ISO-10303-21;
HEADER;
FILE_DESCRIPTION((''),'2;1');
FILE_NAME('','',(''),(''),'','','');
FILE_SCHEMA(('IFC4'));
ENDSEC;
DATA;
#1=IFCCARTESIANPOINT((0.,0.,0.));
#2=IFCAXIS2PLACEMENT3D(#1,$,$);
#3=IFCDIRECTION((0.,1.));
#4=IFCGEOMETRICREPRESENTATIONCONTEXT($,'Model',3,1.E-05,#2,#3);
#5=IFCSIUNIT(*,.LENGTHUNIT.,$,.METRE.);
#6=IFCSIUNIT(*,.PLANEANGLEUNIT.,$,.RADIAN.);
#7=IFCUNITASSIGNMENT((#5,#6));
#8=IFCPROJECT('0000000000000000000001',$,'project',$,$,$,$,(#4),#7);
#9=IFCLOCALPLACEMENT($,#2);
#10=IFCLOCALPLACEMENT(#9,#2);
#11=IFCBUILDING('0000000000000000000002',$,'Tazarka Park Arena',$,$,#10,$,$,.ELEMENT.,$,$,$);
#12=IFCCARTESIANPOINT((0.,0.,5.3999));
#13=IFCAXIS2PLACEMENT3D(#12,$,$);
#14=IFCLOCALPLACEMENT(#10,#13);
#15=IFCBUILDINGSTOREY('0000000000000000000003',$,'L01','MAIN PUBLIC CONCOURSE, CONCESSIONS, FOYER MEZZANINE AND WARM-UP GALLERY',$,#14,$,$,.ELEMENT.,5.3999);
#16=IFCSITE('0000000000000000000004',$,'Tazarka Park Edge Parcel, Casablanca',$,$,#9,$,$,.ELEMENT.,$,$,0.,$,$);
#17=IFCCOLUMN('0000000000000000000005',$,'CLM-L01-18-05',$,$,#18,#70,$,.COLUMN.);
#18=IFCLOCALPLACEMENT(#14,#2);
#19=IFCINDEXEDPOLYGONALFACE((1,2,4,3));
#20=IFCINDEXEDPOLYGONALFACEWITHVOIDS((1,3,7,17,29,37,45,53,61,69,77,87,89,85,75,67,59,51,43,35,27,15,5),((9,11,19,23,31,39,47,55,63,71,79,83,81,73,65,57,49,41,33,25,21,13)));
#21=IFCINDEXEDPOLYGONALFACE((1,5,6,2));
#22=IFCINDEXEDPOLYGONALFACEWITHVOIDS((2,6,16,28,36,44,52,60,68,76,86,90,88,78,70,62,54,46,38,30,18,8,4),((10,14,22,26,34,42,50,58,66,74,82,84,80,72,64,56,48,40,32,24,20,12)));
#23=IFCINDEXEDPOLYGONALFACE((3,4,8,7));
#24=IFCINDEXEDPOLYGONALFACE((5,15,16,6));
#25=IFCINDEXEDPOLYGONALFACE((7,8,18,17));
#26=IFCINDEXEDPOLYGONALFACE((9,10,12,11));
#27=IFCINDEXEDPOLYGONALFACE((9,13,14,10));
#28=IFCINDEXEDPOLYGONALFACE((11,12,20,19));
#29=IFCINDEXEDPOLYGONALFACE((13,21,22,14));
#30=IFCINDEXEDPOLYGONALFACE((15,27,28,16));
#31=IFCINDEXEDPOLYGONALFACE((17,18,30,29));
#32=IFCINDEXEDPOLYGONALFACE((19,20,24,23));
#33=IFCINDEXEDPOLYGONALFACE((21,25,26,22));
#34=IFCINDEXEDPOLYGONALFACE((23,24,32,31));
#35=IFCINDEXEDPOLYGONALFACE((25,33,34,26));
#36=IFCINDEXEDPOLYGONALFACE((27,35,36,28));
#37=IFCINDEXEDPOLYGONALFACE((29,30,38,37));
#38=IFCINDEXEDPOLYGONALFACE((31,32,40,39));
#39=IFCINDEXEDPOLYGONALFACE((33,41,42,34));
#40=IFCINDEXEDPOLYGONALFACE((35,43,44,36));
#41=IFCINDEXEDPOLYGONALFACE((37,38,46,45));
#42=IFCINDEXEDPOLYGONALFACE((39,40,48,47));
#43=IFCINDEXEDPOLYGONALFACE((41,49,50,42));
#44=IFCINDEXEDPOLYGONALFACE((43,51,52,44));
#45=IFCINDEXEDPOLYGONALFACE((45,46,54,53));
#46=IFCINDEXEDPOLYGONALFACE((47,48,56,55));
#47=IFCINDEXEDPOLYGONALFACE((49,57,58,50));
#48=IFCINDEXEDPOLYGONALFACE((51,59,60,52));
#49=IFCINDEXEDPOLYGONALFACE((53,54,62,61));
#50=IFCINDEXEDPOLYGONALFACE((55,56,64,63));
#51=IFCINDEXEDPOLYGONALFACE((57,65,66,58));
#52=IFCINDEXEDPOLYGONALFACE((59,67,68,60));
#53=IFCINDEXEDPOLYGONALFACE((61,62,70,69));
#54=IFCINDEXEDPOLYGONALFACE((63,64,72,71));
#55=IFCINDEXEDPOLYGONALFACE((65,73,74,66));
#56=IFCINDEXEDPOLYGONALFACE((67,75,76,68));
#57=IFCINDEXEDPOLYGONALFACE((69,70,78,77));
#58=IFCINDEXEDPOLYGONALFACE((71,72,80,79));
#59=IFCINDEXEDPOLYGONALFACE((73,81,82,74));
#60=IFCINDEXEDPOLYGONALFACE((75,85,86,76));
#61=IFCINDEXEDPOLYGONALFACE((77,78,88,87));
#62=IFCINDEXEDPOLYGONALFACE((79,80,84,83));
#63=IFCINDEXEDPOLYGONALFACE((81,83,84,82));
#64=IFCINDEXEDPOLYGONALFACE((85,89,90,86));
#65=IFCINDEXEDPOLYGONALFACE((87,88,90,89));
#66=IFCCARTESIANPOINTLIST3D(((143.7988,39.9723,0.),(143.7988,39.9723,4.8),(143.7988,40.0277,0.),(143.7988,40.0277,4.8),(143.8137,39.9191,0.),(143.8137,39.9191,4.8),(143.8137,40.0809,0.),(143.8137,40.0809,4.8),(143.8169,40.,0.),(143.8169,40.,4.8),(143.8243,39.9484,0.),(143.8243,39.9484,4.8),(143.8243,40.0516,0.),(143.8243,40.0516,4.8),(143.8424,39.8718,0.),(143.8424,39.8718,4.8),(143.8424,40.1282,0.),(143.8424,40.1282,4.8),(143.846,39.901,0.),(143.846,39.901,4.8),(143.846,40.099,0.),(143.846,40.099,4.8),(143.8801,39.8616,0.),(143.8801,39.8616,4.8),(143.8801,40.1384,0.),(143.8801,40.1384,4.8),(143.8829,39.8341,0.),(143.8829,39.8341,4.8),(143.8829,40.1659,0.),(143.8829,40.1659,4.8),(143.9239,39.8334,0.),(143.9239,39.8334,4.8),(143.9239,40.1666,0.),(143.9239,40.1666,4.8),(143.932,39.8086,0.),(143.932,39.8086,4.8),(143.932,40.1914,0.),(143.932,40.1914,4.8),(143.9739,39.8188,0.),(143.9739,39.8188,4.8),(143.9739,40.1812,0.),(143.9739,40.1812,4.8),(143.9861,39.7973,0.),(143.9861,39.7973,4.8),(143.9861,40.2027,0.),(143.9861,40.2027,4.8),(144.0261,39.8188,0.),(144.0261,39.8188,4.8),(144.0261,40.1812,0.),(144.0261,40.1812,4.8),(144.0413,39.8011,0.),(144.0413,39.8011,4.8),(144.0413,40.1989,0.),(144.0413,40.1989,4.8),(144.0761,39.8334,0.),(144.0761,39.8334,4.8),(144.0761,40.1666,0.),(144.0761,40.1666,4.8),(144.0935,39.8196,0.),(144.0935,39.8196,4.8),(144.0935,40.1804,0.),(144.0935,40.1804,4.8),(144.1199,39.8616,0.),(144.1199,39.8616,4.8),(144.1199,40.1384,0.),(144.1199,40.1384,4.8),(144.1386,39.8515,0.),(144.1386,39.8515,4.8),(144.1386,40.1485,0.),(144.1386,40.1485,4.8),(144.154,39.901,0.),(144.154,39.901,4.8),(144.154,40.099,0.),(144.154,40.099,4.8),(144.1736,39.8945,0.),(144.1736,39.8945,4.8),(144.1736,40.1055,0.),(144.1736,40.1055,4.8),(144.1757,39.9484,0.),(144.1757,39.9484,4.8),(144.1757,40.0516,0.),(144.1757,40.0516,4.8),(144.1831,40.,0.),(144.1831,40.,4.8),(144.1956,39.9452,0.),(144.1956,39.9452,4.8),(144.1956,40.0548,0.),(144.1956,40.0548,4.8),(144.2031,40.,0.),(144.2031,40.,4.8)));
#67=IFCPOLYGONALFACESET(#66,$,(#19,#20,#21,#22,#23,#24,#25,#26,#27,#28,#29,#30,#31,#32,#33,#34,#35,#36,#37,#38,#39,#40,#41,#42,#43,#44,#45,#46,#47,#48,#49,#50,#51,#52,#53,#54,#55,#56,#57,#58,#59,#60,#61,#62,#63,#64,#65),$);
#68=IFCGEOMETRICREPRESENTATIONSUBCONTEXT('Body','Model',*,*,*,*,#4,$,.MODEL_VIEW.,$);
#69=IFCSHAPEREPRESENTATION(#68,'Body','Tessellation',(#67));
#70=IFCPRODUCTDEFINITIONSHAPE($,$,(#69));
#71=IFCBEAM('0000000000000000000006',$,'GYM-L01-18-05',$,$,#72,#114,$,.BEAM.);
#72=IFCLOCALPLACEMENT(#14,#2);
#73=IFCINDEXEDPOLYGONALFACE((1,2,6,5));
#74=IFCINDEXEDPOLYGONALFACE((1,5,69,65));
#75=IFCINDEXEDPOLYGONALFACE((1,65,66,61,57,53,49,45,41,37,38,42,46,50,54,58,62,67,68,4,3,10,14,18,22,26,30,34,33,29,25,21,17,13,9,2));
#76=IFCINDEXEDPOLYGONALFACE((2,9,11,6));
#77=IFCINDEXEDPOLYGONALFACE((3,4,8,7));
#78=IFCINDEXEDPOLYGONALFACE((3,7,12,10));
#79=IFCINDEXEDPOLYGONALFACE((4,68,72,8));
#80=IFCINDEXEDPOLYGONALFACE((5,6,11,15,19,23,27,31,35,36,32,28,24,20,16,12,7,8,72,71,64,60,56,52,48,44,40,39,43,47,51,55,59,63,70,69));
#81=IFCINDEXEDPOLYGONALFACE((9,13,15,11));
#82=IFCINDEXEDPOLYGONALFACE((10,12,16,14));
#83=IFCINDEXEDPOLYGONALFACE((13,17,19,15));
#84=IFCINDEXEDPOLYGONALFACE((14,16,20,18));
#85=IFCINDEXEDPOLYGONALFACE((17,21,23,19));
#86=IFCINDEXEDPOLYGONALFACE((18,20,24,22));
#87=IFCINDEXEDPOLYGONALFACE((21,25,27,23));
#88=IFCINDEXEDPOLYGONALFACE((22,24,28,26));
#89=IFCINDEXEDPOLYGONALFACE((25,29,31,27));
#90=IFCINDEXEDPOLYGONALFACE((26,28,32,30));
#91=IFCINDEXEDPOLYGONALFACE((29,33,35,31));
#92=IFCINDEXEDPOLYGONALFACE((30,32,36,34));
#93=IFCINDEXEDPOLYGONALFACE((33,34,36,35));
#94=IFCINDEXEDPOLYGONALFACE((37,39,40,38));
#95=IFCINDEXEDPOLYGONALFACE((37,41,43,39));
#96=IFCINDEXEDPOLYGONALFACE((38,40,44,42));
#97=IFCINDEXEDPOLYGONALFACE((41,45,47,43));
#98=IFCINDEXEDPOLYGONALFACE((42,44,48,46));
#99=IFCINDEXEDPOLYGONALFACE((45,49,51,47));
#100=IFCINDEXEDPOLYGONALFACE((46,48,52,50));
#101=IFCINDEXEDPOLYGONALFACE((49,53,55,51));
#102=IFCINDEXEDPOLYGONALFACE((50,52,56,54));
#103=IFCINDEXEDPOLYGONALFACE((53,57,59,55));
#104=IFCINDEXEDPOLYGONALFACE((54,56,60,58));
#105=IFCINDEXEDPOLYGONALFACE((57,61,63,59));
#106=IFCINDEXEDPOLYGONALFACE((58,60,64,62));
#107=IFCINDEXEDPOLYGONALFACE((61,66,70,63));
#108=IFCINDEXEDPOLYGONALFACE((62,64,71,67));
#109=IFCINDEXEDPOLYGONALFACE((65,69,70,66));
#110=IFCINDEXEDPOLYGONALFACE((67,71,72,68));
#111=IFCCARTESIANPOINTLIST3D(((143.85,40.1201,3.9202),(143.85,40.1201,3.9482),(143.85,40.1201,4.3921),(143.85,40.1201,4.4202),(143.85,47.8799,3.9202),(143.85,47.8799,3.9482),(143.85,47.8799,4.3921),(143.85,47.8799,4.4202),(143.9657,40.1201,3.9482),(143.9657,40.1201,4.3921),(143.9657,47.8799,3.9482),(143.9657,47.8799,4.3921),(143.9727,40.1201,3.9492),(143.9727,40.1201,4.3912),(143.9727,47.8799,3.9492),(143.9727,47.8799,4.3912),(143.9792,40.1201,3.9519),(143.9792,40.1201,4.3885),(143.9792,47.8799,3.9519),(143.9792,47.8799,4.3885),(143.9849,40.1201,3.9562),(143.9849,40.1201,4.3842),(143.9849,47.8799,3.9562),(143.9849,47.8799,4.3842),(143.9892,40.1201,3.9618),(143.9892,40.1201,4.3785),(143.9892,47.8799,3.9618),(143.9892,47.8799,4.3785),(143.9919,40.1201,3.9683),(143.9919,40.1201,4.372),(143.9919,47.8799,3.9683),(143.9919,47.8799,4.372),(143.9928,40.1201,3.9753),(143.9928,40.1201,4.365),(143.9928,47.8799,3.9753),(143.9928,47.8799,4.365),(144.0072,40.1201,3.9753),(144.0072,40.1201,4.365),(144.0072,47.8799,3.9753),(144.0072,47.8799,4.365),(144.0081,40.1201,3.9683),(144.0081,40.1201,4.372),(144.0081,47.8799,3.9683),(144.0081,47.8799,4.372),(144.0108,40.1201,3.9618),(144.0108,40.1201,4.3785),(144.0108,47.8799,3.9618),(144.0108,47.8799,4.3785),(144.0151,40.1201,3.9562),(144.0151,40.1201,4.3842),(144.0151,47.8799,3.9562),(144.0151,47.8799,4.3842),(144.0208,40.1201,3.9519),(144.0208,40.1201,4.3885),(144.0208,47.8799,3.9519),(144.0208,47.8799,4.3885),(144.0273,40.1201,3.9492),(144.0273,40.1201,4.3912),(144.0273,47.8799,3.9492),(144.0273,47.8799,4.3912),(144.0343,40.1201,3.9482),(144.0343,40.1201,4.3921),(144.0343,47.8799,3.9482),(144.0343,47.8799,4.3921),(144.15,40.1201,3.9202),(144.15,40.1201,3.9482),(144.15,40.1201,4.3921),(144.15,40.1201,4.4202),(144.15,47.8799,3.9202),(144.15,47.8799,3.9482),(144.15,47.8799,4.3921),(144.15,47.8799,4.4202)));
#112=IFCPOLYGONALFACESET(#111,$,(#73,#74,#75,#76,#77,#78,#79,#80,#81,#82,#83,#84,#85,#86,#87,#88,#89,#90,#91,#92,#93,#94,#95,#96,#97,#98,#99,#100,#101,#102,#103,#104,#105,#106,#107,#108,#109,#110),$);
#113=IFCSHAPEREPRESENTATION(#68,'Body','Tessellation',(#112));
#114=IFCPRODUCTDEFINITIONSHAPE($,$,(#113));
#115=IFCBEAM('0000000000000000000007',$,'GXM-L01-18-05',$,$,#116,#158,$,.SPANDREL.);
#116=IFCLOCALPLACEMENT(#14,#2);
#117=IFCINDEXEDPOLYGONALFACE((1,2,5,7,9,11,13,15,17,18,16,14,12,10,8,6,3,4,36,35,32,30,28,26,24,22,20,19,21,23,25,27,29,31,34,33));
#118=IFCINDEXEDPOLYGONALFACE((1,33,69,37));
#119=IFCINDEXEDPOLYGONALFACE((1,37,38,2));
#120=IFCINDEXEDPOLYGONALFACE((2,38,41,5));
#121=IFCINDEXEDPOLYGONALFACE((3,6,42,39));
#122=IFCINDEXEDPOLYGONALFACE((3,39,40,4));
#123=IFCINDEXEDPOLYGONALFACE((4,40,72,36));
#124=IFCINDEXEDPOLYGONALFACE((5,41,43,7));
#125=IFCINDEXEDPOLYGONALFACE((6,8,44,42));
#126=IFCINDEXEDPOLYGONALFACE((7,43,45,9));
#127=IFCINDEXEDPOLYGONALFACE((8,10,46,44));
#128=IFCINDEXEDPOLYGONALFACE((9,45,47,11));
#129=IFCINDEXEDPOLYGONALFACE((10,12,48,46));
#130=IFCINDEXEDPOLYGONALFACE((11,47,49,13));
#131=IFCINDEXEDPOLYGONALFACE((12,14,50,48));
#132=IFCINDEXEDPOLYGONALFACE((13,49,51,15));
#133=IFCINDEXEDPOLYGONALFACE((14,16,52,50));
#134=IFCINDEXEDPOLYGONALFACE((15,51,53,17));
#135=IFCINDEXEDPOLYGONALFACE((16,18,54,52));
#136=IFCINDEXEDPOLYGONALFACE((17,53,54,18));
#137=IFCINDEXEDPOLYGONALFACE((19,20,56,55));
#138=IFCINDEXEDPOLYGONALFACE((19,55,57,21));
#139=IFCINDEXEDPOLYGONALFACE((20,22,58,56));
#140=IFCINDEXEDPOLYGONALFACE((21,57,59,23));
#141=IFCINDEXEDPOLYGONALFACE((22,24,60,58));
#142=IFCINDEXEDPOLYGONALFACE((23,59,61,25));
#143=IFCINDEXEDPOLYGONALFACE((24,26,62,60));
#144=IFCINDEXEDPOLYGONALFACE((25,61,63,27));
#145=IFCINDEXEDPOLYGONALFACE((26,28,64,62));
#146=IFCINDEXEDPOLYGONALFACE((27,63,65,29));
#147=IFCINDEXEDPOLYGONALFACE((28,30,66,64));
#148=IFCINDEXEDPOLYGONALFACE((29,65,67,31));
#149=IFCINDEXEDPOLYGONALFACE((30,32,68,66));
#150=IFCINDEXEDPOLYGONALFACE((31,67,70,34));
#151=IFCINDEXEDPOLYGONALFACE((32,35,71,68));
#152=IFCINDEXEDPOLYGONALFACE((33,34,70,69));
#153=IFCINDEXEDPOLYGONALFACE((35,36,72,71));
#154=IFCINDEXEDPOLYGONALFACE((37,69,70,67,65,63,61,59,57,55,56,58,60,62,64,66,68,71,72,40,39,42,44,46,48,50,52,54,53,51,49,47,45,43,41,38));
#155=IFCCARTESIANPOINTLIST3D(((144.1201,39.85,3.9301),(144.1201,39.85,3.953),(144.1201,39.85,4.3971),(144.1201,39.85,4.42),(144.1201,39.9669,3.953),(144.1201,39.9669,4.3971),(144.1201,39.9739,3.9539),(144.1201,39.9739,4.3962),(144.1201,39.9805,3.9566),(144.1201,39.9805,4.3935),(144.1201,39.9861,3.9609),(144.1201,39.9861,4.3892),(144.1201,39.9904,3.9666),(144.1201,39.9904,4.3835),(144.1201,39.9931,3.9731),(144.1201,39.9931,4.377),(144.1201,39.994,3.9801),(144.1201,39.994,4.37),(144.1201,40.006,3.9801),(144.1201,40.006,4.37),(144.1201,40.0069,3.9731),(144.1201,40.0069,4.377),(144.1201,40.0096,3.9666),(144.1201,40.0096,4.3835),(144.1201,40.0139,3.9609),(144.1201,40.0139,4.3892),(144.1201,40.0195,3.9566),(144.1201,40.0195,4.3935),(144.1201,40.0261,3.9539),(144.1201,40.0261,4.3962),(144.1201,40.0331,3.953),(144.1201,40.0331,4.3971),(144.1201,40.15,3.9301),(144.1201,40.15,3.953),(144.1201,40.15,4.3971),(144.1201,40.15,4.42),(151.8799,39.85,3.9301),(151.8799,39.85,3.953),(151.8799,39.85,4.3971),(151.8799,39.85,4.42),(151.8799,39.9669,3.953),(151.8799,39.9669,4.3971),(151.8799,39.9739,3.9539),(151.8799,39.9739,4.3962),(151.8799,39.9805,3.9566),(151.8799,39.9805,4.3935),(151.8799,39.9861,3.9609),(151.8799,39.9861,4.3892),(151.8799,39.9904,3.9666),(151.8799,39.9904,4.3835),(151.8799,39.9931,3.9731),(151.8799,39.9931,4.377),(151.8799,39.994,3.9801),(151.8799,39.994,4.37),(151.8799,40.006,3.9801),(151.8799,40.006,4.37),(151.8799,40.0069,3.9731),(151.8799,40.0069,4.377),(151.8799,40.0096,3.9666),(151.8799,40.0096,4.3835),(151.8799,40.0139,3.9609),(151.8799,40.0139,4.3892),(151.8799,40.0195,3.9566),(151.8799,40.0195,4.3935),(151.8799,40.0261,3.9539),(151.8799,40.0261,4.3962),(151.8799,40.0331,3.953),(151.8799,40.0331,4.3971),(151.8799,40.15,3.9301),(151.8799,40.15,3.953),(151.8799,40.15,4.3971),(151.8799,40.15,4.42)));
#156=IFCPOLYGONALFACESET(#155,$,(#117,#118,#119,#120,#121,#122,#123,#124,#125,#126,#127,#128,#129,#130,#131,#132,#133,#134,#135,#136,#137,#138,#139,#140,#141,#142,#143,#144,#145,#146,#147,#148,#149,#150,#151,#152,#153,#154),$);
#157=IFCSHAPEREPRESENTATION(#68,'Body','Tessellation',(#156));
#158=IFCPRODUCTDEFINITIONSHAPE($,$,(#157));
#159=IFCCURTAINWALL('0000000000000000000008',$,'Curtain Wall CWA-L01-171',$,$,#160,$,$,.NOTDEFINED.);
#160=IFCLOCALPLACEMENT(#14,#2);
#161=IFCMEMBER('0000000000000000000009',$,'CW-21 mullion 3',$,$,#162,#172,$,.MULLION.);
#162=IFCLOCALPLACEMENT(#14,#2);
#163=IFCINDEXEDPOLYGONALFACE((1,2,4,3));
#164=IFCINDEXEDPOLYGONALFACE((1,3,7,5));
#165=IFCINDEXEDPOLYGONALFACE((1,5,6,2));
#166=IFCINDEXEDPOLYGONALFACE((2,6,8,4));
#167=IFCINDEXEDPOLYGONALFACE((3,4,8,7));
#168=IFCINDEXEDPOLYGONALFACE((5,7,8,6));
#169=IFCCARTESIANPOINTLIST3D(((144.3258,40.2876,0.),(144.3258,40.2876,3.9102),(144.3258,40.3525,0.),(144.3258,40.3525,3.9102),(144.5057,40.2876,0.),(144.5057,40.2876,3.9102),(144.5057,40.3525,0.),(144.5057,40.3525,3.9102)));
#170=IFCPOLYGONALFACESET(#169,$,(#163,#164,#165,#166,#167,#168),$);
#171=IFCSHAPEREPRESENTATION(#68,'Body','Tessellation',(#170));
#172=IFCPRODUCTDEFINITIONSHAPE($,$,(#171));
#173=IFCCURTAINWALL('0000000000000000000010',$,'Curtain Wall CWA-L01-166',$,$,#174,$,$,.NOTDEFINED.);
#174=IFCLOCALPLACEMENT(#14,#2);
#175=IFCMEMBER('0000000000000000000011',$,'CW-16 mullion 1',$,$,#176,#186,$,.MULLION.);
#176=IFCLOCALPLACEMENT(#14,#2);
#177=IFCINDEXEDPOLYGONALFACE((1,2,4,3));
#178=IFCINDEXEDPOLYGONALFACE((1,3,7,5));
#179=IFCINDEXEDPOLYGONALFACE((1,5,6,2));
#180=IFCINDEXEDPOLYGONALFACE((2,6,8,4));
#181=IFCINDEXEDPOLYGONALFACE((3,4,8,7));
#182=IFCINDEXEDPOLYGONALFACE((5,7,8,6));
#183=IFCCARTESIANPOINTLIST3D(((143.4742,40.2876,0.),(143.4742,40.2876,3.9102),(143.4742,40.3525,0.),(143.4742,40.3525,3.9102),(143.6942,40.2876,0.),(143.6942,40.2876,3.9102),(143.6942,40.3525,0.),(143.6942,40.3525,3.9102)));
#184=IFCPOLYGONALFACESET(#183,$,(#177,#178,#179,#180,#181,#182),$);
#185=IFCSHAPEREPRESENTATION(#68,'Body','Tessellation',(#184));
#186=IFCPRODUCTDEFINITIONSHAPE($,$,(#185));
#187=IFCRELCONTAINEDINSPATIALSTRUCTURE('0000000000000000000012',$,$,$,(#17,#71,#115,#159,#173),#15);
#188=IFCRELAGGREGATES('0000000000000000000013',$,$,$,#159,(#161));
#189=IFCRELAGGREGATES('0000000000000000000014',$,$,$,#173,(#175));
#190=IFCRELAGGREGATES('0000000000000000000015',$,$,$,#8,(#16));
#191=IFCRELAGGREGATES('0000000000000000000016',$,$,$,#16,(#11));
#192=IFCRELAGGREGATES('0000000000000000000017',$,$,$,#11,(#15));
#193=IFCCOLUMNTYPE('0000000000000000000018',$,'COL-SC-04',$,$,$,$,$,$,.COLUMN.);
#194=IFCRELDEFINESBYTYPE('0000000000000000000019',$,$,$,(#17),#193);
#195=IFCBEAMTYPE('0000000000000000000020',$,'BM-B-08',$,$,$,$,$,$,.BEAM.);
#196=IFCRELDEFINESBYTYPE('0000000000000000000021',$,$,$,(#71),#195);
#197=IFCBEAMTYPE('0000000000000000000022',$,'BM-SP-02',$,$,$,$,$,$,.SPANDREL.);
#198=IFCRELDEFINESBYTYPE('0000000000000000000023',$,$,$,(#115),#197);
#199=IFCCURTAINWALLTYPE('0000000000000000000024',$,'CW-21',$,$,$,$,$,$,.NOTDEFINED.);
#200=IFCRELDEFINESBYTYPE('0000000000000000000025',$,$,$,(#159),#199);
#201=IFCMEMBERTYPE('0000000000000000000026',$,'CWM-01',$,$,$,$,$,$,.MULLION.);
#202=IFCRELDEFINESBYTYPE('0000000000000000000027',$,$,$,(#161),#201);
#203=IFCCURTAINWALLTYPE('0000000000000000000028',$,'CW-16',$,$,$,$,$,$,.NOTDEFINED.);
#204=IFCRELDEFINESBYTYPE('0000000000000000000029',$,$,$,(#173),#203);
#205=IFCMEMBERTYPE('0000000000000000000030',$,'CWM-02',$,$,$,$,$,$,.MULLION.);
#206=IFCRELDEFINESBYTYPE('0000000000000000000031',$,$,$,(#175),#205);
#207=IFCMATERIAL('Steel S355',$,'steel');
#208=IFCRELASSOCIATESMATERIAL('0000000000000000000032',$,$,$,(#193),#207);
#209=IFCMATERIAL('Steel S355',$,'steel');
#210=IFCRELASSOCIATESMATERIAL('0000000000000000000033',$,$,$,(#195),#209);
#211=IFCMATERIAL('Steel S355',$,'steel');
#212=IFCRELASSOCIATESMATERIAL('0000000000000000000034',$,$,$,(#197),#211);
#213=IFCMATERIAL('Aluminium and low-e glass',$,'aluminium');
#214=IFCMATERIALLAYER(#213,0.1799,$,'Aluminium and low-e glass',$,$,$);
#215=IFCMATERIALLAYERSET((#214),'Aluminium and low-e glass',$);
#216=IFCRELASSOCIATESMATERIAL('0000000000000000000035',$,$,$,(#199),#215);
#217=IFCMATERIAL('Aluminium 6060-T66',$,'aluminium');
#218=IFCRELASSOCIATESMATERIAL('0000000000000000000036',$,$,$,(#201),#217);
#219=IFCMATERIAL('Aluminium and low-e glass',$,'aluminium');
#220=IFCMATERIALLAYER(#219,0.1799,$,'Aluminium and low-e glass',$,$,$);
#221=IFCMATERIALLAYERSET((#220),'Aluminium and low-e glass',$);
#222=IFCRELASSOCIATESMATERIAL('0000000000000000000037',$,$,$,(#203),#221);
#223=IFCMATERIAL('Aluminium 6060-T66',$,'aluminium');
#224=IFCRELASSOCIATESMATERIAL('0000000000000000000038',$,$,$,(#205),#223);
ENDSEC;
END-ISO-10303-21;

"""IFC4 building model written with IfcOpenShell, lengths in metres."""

from ifc_helpers import new_model, si_unit, direction, frame, origin, origin_2d, place, context, subcontext, project, spatial, rectangle, hollow_circle, i_section, extrude, material, layer, layer_set, material_profile, profile_set, type_object, element, aggregate, save


model = new_model("IFC4")

# Units and contexts
model_context = context("Model", 3, precision=1e-05, world=origin(), true_north=direction((0.0, 1.0)))
body_context = subcontext(model_context, "Body", "Model", "MODEL_VIEW")
ifc_project = project(units=[si_unit("LENGTHUNIT", "METRE"), si_unit("PLANEANGLEUNIT", "RADIAN")], contexts=[model_context])

# Site, building, storey
site_placement = place(None, origin())
site = spatial("IfcSite", under=ifc_project, at=site_placement, Name="Tazarka Park Edge Parcel, Casablanca", CompositionType="ELEMENT", RefElevation=0.0)
building_placement = place(site_placement, origin())
building = spatial("IfcBuilding", under=site, at=building_placement, Name="Tazarka Park Arena", CompositionType="ELEMENT")
storey_placement = place(building_placement, frame((0.0, 0.0, 5.3999)))
storey = spatial("IfcBuildingStorey", under=building, at=storey_placement, Name="L01", Description="MAIN PUBLIC CONCOURSE, CONCESSIONS, FOYER MEZZANINE AND WARM-UP GALLERY", CompositionType="ELEMENT", Elevation=5.3999)

# Column
ifc_material_1 = material(Name="Steel S355", Category="steel")
ifc_material_profile_1 = material_profile(ifc_material_1, hollow_circle(Radius=0.2031, WallThickness=0.02, at=origin_2d()), Name="Steel S355")
ifc_profile_set_1 = profile_set([ifc_material_profile_1], Name="Steel S355")
column_type = type_object("IfcColumnType", Name="COL-SC-04", PredefinedType="COLUMN", material=ifc_profile_set_1)
column_placement = place(storey_placement, frame((144.0, 40.0, 0.0), z_axis=(0.0, 0.0, 1.0), x_axis=(1.0, 0.0, 0.0)))
element("IfcColumn", 1, at=column_placement, inside=storey, type_object=column_type, Name="CLM-L01-18-05", PredefinedType="COLUMN", context=body_context, shape_type="SweptSolid", body=[
    extrude(hollow_circle(Radius=0.2031, WallThickness=0.02, at=origin_2d()), origin(), (0.0, 0.0, 1.0), 4.8),
])

# Beams
ifc_material_2 = material(Name="Steel S355", Category="steel")
ifc_material_profile_2 = material_profile(ifc_material_2, i_section(OverallWidth=0.3, OverallDepth=0.5, WebThickness=0.0144, FlangeThickness=0.0281, FilletRadius=0.0271, at=origin_2d()), Name="Steel S355")
ifc_profile_set_2 = profile_set([ifc_material_profile_2], Name="Steel S355")
beam_type_1 = type_object("IfcBeamType", Name="BM-B-08", PredefinedType="BEAM", material=ifc_profile_set_2)
beam_1_placement = place(storey_placement, frame((144.0, 40.1201, 4.1702), z_axis=(0.0, 1.0, 0.0), x_axis=(-1.0, 0.0, 0.0)))
element("IfcBeam", 2, at=beam_1_placement, inside=storey, type_object=beam_type_1, Name="GYM-L01-18-05", PredefinedType="BEAM", context=body_context, shape_type="SweptSolid", body=[
    extrude(i_section(OverallWidth=0.3, OverallDepth=0.5, WebThickness=0.0144, FlangeThickness=0.0281, FilletRadius=0.0271, at=origin_2d()), origin(), (0.0, 0.0, 1.0), 7.7598),
])
ifc_material_3 = material(Name="Steel S355", Category="steel")
ifc_material_profile_3 = material_profile(ifc_material_3, i_section(OverallWidth=0.3, OverallDepth=0.49, WebThickness=0.012, FlangeThickness=0.0229, FilletRadius=0.0271, at=origin_2d()), Name="Steel S355")
ifc_profile_set_3 = profile_set([ifc_material_profile_3], Name="Steel S355")
beam_type_2 = type_object("IfcBeamType", Name="BM-SP-02", PredefinedType="SPANDREL", material=ifc_profile_set_3)
beam_2_placement = place(storey_placement, frame((144.1201, 40.0, 4.175), z_axis=(1.0, 0.0, 0.0), x_axis=(0.0, 1.0, 0.0)))
element("IfcBeam", 3, at=beam_2_placement, inside=storey, type_object=beam_type_2, Name="GXM-L01-18-05", PredefinedType="SPANDREL", context=body_context, shape_type="SweptSolid", body=[
    extrude(i_section(OverallWidth=0.3, OverallDepth=0.49, WebThickness=0.012, FlangeThickness=0.0229, FilletRadius=0.0271, at=origin_2d()), origin(), (0.0, 0.0, 1.0), 7.7598),
])

# Curtain wall, member
ifc_material_4 = material(Name="Aluminium and low-e glass", Category="aluminium")
ifc_layer_1 = layer(ifc_material_4, 0.1799, Name="Aluminium and low-e glass")
ifc_layer_set_1 = layer_set([ifc_layer_1], Name="Aluminium and low-e glass")
curtain_wall_type_1 = type_object("IfcCurtainWallType", Name="CW-21", PredefinedType="NOTDEFINED", material=ifc_layer_set_1)
curtain_wall_1_placement = place(storey_placement, origin())
curtain_wall_1 = element("IfcCurtainWall", 4, at=curtain_wall_1_placement, inside=storey, type_object=curtain_wall_type_1, Name="Curtain Wall CWA-L01-171", PredefinedType="NOTDEFINED")
ifc_material_5 = material(Name="Aluminium 6060-T66", Category="aluminium")
ifc_material_profile_4 = material_profile(ifc_material_5, rectangle(XDim=0.0649, YDim=0.1799, at=origin_2d()), Name="Aluminium 6060-T66")
ifc_profile_set_4 = profile_set([ifc_material_profile_4], Name="Aluminium 6060-T66")
member_type_1 = type_object("IfcMemberType", Name="CWM-01", PredefinedType="MULLION", material=ifc_profile_set_4)
member_1_placement = place(storey_placement, frame((144.4158, 40.3201, 0.0), z_axis=(0.0, 0.0, 1.0), x_axis=(0.0, -1.0, 0.0)))
member_1 = element("IfcMember", 5, at=member_1_placement, type_object=member_type_1, Name="CW-21 mullion 3", PredefinedType="MULLION", context=body_context, shape_type="SweptSolid", body=[
    extrude(rectangle(XDim=0.0649, YDim=0.1799, at=origin_2d()), origin(), (0.0, 0.0, 1.0), 3.9102),
])
aggregate(curtain_wall_1, [member_1])

# Curtain wall, member
ifc_material_6 = material(Name="Aluminium and low-e glass", Category="aluminium")
ifc_layer_2 = layer(ifc_material_6, 0.1799, Name="Aluminium and low-e glass")
ifc_layer_set_2 = layer_set([ifc_layer_2], Name="Aluminium and low-e glass")
curtain_wall_type_2 = type_object("IfcCurtainWallType", Name="CW-16", PredefinedType="NOTDEFINED", material=ifc_layer_set_2)
curtain_wall_2_placement = place(storey_placement, origin())
curtain_wall_2 = element("IfcCurtainWall", 6, at=curtain_wall_2_placement, inside=storey, type_object=curtain_wall_type_2, Name="Curtain Wall CWA-L01-166", PredefinedType="NOTDEFINED")
ifc_material_7 = material(Name="Aluminium 6060-T66", Category="aluminium")
ifc_material_profile_5 = material_profile(ifc_material_7, rectangle(XDim=0.0649, YDim=0.22, at=origin_2d()), Name="Aluminium 6060-T66")
ifc_profile_set_5 = profile_set([ifc_material_profile_5], Name="Aluminium 6060-T66")
member_type_2 = type_object("IfcMemberType", Name="CWM-02", PredefinedType="MULLION", material=ifc_profile_set_5)
member_2_placement = place(storey_placement, frame((143.5842, 40.3201, 0.0), z_axis=(0.0, 0.0, 1.0), x_axis=(0.0, -1.0, 0.0)))
member_2 = element("IfcMember", 7, at=member_2_placement, type_object=member_type_2, Name="CW-16 mullion 1", PredefinedType="MULLION", context=body_context, shape_type="SweptSolid", body=[
    extrude(rectangle(XDim=0.0649, YDim=0.22, at=origin_2d()), origin(), (0.0, 0.0, 1.0), 3.9102),
])
aggregate(curtain_wall_2, [member_2])

save(model, "model.ifc")
